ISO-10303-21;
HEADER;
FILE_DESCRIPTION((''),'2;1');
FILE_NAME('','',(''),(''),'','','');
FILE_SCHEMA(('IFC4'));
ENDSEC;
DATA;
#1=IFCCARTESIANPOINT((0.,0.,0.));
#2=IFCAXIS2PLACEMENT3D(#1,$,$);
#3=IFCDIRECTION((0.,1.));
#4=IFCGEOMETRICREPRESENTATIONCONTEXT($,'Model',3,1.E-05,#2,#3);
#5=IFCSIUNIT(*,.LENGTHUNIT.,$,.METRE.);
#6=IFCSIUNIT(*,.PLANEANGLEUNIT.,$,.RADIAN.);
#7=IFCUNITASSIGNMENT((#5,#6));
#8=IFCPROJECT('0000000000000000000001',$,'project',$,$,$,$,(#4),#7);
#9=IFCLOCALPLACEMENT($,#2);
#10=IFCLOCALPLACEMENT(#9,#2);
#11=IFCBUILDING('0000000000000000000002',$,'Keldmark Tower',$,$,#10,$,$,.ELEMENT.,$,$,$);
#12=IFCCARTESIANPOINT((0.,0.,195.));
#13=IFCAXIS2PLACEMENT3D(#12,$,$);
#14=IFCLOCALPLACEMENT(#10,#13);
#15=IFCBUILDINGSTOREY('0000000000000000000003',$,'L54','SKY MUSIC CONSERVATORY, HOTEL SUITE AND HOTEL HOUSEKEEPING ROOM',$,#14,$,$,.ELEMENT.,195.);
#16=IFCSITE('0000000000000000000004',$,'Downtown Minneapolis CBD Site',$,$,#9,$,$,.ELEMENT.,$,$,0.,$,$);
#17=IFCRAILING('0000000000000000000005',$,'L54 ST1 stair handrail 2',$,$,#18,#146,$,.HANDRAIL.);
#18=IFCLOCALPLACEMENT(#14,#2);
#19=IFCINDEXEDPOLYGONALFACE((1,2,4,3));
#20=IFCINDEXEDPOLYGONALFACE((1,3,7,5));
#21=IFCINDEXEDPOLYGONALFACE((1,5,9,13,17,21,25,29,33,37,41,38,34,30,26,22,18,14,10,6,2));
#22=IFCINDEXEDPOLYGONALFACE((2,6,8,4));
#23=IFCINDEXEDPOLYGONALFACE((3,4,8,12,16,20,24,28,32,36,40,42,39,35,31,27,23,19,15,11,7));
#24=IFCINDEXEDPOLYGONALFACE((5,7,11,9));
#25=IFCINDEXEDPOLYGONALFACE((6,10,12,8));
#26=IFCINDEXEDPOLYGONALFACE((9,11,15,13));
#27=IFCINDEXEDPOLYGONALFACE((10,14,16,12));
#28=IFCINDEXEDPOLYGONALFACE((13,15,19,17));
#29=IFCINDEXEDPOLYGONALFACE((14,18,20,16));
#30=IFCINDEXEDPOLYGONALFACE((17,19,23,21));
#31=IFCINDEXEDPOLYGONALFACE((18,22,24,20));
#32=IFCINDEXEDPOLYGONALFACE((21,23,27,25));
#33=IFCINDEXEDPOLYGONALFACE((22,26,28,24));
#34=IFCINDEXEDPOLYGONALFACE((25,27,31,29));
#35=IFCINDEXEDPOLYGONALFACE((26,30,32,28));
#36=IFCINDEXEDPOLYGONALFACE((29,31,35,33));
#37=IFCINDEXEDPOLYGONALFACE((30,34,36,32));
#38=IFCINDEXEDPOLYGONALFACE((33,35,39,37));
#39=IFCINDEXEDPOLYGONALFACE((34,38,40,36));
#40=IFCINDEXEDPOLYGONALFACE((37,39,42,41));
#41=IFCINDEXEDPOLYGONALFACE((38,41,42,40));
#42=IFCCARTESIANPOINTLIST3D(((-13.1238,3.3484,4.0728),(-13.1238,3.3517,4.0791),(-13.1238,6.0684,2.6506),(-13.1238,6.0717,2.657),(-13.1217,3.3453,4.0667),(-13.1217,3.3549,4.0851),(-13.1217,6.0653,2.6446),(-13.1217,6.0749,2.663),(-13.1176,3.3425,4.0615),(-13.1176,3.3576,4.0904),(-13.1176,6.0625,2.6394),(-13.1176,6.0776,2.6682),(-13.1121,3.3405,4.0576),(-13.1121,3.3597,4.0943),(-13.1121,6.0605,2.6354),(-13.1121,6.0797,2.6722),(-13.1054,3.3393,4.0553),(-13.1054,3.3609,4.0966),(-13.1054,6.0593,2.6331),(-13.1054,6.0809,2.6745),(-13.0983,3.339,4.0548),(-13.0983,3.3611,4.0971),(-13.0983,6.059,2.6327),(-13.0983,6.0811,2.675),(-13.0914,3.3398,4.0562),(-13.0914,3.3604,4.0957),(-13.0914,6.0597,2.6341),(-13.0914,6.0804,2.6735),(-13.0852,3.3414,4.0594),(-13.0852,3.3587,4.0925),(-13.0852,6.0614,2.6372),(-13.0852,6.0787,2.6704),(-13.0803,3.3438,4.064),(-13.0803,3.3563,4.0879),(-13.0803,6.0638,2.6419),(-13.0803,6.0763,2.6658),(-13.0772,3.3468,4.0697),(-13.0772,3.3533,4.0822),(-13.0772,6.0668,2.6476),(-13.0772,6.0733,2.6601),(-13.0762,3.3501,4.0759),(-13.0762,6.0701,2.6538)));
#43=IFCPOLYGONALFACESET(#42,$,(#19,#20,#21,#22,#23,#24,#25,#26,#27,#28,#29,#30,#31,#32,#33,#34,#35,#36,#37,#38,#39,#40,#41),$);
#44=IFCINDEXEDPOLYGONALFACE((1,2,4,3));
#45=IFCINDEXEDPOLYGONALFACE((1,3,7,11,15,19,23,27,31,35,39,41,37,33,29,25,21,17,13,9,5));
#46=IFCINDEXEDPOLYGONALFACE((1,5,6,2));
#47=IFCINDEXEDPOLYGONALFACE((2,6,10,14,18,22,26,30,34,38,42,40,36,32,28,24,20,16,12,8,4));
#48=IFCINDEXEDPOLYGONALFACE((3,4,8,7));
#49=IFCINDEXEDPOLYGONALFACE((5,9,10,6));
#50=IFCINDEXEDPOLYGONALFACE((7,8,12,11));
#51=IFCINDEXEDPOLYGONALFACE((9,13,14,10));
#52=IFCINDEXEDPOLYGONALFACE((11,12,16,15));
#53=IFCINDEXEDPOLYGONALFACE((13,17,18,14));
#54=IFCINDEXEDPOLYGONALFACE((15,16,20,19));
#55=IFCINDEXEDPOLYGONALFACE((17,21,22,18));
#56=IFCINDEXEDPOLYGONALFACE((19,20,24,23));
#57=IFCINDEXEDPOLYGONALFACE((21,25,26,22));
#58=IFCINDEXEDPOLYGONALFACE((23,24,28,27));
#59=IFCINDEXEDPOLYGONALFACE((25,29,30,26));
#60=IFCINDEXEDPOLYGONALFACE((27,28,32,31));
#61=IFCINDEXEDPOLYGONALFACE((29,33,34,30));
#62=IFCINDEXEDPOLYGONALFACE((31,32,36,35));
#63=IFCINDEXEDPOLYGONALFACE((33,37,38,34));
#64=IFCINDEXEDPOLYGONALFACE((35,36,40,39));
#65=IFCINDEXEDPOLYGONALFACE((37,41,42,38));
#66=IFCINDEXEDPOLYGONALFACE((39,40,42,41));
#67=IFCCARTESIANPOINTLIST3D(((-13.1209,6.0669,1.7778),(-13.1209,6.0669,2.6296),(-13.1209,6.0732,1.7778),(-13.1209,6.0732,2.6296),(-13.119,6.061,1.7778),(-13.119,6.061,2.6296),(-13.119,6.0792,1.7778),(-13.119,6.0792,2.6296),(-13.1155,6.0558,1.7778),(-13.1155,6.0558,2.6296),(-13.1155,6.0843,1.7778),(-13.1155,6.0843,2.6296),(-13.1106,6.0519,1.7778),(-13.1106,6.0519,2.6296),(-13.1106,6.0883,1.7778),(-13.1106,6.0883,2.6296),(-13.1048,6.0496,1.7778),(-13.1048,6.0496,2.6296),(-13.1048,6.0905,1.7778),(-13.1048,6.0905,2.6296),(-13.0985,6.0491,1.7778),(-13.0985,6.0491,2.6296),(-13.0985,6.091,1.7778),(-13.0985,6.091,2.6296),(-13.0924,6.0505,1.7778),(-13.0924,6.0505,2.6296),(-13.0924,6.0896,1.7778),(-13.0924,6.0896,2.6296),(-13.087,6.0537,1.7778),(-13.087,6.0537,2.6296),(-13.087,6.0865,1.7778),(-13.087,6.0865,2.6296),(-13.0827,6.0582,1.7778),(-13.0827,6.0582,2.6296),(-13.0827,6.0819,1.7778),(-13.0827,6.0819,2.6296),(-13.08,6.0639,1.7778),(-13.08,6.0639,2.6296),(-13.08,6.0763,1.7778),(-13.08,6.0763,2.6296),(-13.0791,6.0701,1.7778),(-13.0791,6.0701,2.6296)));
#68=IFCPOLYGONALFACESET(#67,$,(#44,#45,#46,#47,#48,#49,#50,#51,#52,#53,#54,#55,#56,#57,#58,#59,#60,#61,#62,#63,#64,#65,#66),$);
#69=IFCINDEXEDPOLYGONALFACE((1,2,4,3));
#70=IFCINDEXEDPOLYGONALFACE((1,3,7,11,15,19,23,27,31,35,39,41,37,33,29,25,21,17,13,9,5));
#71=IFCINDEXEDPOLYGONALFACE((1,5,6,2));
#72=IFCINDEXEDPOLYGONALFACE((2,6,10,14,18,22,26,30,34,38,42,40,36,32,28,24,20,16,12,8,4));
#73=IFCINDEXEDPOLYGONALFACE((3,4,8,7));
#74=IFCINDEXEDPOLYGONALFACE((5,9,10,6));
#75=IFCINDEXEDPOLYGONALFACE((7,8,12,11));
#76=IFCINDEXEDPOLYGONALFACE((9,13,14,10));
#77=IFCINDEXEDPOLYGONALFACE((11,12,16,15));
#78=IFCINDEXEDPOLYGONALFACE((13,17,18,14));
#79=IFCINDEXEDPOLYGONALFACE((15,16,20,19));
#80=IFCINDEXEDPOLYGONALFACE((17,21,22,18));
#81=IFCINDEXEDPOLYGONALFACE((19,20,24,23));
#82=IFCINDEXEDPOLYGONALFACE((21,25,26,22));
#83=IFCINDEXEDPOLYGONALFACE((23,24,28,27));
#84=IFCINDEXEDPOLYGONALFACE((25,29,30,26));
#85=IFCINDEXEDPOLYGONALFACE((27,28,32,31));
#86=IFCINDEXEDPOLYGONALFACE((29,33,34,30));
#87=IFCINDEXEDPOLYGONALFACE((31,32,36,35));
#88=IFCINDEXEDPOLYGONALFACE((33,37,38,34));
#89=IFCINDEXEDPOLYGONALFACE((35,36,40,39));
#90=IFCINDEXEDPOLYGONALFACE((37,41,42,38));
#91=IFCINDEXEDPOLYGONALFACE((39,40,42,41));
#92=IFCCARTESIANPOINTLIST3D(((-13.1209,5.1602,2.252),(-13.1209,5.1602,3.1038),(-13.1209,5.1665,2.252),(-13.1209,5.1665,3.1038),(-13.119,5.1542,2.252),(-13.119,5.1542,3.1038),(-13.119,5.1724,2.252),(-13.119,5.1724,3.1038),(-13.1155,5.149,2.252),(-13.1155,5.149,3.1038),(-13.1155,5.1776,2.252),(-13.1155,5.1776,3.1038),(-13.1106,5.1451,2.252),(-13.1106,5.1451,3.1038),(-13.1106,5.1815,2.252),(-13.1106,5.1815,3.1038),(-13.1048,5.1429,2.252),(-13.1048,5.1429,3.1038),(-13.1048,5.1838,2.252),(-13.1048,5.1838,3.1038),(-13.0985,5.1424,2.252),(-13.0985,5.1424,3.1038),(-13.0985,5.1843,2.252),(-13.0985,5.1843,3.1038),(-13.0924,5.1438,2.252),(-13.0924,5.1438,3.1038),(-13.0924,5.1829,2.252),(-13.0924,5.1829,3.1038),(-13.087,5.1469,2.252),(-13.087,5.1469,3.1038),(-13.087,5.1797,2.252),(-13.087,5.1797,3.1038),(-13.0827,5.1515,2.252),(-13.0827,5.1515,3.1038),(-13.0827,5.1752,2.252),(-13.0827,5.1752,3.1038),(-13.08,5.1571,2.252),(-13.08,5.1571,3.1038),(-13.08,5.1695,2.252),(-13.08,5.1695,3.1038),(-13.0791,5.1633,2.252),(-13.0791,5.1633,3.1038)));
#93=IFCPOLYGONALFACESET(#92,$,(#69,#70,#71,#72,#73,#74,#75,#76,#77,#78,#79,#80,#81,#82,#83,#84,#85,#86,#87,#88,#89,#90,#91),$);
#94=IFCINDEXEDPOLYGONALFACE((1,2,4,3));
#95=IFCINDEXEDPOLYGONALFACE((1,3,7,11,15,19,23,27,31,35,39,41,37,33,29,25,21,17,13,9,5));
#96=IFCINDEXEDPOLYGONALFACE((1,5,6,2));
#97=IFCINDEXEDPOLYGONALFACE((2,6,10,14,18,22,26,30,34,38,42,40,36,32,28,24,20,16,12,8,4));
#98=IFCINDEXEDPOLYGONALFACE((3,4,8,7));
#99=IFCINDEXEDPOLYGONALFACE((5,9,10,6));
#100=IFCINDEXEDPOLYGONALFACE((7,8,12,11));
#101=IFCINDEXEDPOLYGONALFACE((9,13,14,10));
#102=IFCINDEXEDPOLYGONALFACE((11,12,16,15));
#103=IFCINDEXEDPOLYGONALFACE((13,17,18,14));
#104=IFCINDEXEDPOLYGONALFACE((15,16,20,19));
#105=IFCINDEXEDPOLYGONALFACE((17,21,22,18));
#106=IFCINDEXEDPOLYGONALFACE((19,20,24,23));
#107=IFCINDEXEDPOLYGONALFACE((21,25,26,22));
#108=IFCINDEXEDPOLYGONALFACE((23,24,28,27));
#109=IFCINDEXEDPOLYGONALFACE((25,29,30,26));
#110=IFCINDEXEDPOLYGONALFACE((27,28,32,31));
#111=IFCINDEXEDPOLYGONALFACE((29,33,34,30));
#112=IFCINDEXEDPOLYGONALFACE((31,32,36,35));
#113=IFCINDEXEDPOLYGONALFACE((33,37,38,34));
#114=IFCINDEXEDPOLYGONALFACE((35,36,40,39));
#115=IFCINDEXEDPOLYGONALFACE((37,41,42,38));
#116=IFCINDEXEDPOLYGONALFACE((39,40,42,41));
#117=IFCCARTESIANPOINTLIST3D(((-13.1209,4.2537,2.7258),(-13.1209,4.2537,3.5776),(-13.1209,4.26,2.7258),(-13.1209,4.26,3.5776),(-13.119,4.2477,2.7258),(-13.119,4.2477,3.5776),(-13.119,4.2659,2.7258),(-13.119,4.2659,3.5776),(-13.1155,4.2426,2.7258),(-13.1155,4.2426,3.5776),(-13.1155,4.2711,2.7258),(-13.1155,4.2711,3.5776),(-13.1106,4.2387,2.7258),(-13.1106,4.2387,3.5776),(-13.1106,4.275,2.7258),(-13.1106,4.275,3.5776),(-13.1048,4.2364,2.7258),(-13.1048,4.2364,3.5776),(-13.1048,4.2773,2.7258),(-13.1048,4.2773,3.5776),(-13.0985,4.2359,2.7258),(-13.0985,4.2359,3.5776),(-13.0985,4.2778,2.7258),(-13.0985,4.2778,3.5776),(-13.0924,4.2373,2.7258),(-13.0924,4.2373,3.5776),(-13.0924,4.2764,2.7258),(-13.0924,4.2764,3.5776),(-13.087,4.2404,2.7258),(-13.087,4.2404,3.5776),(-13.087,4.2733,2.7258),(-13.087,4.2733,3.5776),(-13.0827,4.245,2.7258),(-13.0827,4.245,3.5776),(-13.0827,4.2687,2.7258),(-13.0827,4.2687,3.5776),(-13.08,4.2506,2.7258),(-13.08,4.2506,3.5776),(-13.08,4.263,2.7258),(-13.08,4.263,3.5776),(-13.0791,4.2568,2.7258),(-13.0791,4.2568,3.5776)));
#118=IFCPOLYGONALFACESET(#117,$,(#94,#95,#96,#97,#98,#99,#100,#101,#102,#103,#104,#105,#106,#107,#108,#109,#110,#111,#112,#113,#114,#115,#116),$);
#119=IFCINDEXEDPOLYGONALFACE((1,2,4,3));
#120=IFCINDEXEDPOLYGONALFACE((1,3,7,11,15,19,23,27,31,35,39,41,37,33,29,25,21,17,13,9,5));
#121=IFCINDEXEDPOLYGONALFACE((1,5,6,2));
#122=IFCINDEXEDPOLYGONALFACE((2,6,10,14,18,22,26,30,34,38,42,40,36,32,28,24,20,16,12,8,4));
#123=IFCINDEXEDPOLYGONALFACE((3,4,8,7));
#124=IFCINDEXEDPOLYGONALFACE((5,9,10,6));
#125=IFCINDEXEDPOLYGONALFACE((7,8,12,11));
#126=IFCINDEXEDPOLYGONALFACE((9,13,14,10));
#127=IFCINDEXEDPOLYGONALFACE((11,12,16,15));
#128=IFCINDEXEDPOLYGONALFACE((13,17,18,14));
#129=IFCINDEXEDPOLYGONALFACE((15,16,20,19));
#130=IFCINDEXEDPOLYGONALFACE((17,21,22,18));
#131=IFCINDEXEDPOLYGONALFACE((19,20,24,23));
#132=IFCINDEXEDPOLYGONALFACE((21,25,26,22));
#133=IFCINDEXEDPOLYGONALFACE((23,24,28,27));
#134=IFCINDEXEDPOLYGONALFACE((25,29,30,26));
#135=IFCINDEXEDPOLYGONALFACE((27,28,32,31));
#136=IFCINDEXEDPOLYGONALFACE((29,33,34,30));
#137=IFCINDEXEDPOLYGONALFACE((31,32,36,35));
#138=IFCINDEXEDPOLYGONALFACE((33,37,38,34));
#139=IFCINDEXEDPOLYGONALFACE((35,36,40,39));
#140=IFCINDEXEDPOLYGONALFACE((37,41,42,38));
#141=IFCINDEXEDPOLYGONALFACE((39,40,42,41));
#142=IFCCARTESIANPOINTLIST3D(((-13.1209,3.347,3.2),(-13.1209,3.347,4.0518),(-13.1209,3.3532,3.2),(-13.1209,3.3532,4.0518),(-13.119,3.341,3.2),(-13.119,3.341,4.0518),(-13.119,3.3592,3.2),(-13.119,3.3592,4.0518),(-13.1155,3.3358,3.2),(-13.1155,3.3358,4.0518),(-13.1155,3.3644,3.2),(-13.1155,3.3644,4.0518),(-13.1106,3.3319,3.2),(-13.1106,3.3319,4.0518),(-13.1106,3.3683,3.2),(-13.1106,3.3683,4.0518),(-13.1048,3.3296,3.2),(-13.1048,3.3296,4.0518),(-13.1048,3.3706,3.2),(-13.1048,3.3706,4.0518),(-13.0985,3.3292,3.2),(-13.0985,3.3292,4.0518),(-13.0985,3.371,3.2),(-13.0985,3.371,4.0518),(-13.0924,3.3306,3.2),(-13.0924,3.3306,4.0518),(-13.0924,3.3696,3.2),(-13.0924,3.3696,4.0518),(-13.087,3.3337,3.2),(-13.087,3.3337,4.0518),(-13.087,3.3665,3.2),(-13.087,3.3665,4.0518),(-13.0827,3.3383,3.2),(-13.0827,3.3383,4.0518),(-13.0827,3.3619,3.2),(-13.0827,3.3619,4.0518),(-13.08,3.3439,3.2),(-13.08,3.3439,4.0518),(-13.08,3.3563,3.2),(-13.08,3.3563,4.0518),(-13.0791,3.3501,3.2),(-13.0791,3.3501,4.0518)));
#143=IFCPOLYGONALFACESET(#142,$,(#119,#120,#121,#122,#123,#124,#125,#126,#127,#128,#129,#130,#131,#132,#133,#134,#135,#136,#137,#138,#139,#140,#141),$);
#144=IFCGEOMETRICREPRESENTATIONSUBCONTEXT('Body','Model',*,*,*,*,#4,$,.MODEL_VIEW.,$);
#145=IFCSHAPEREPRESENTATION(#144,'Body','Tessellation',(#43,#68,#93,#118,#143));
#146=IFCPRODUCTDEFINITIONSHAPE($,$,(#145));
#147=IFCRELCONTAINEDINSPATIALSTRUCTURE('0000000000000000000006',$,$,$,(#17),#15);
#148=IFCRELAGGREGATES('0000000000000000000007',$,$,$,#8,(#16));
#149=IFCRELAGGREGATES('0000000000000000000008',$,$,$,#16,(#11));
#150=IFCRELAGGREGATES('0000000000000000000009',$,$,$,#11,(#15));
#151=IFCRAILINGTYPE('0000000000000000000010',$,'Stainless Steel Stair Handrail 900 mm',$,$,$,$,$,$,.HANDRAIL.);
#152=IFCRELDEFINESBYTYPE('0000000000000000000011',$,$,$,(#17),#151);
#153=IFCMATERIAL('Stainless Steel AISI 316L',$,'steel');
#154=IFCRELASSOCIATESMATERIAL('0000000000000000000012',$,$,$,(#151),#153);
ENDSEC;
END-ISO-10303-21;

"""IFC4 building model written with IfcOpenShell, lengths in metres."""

from ifc_helpers import new_model, si_unit, direction, frame, origin, origin_2d, place, context, subcontext, project, spatial, circle, extrude, material, type_object, element, save


model = new_model("IFC4")

# Units and contexts
model_context = context("Model", 3, precision=1e-05, world=origin(), true_north=direction((0.0, 1.0)))
body_context = subcontext(model_context, "Body", "Model", "MODEL_VIEW")
ifc_project = project(units=[si_unit("LENGTHUNIT", "METRE"), si_unit("PLANEANGLEUNIT", "RADIAN")], contexts=[model_context])

# Site, building, storey
site_placement = place(None, origin())
site = spatial("IfcSite", under=ifc_project, at=site_placement, Name="Downtown Minneapolis CBD Site", CompositionType="ELEMENT", RefElevation=0.0)
building_placement = place(site_placement, origin())
building = spatial("IfcBuilding", under=site, at=building_placement, Name="Keldmark Tower", CompositionType="ELEMENT")
storey_placement = place(building_placement, frame((0.0, 0.0, 195.0)))
storey = spatial("IfcBuildingStorey", under=building, at=storey_placement, Name="L54", Description="SKY MUSIC CONSERVATORY, HOTEL SUITE AND HOTEL HOUSEKEEPING ROOM", CompositionType="ELEMENT", Elevation=195.0)

# Railing
ifc_material_1 = material(Name="Stainless Steel AISI 316L", Category="steel")
railing_type_1 = type_object("IfcRailingType", Name="Stainless Steel Stair Handrail 900 mm", PredefinedType="HANDRAIL", material=ifc_material_1)
railing_1_placement = place(storey_placement, frame((-13.1001, 6.0701, 1.7778)))
element("IfcRailing", 1, at=railing_1_placement, inside=storey, type_object=railing_type_1, Name="L54 ST1 stair handrail 2", PredefinedType="HANDRAIL", context=body_context, shape_type="SweptSolid", body=[
    extrude(circle(Radius=0.0239, at=origin_2d()), frame((0.0, 0.0, 0.876), z_axis=(0.0, -0.886183, 0.463335), x_axis=(1.0, 0.0, 0.0)), (0.0, 0.0, 1.0), 3.0693),
    extrude(circle(Radius=0.021, at=origin_2d()), origin(), (0.0, 0.0, 1.0), 0.8518),
    extrude(circle(Radius=0.021, at=origin_2d()), frame((0.0, -0.9067, 0.4741)), (0.0, 0.0, 1.0), 0.8518),
    extrude(circle(Radius=0.021, at=origin_2d()), frame((0.0, -1.8132, 0.948)), (0.0, 0.0, 1.0), 0.8518),
    extrude(circle(Radius=0.021, at=origin_2d()), frame((0.0, -2.72, 1.4221)), (0.0, 0.0, 1.0), 0.8518),
])

save(model, "model.ifc")
